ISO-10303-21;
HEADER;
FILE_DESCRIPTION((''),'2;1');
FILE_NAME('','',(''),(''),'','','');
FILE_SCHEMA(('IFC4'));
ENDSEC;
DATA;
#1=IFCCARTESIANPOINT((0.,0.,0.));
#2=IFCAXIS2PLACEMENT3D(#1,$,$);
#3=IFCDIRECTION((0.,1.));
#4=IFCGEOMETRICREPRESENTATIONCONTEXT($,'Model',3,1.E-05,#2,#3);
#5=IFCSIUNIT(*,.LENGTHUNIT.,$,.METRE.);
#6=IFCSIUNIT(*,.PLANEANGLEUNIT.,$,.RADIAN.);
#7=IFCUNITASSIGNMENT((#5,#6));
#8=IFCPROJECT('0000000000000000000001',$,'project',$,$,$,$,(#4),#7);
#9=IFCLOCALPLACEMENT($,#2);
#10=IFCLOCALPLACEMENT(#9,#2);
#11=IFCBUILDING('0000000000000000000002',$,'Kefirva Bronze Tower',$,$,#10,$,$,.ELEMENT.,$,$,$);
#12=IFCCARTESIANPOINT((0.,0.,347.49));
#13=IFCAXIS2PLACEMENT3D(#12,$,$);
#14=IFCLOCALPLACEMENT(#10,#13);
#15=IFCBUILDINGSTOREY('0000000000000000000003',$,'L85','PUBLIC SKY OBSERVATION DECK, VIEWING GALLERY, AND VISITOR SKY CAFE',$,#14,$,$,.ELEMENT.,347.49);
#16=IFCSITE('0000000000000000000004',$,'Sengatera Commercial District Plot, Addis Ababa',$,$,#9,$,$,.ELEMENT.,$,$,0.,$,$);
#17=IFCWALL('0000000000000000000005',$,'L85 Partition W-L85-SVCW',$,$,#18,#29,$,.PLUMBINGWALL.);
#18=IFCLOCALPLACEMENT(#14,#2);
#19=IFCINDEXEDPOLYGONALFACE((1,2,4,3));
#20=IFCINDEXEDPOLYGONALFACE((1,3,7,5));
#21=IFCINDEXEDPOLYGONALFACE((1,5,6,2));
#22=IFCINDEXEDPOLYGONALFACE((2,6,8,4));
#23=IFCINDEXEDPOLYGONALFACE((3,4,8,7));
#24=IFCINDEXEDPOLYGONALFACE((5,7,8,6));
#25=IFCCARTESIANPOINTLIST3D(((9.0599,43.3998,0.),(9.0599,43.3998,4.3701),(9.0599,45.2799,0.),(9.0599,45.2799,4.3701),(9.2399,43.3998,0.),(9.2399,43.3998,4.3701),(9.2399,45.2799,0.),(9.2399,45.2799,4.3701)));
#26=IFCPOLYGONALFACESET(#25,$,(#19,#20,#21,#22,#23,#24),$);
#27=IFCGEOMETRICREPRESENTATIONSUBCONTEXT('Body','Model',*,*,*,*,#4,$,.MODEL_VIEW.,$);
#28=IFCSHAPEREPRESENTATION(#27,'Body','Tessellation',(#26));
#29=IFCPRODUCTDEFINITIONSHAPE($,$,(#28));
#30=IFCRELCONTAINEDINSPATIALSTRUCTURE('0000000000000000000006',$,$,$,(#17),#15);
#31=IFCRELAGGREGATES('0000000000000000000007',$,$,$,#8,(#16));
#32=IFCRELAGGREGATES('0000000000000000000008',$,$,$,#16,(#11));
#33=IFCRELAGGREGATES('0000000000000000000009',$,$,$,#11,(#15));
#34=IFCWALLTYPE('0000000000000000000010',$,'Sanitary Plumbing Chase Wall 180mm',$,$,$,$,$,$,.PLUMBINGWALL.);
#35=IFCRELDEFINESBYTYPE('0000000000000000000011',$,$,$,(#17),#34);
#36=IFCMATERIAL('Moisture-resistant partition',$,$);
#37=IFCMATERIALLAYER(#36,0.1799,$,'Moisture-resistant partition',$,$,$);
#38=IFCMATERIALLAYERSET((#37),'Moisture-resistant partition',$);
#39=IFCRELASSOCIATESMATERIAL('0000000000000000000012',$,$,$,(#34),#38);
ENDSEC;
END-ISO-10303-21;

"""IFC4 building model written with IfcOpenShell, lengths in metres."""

from ifc_helpers import new_model, si_unit, direction, frame, frame_2d, origin, place, context, subcontext, project, spatial, rectangle, extrude, material, layer, layer_set, type_object, element, save


model = new_model("IFC4")

# Units and contexts
model_context = context("Model", 3, precision=1e-05, world=origin(), true_north=direction((0.0, 1.0)))
body_context = subcontext(model_context, "Body", "Model", "MODEL_VIEW")
ifc_project = project(units=[si_unit("LENGTHUNIT", "METRE"), si_unit("PLANEANGLEUNIT", "RADIAN")], contexts=[model_context])

# Site, building, storey
site_placement = place(None, origin())
site = spatial("IfcSite", under=ifc_project, at=site_placement, Name="Sengatera Commercial District Plot, Addis Ababa", CompositionType="ELEMENT", RefElevation=0.0)
building_placement = place(site_placement, origin())
building = spatial("IfcBuilding", under=site, at=building_placement, Name="Kefirva Bronze Tower", CompositionType="ELEMENT")
storey_placement = place(building_placement, frame((0.0, 0.0, 347.49)))
storey = spatial("IfcBuildingStorey", under=building, at=storey_placement, Name="L85", Description="PUBLIC SKY OBSERVATION DECK, VIEWING GALLERY, AND VISITOR SKY CAFE", CompositionType="ELEMENT", Elevation=347.49)

# Shared definitions
ifc_material_1 = material(Name="Moisture-resistant partition")
ifc_layer_1 = layer(ifc_material_1, 0.1799, Name="Moisture-resistant partition")
ifc_layer_set_1 = layer_set([ifc_layer_1], Name="Moisture-resistant partition")
wall_type_1 = type_object("IfcWallType", Name="Sanitary Plumbing Chase Wall 180mm", PredefinedType="PLUMBINGWALL", material=ifc_layer_set_1)

# Wall
wall_1_placement = place(storey_placement, frame((9.1499, 43.3999, 0.0), z_axis=(0.0, 0.0, 1.0), x_axis=(0.0, 1.0, 0.0)))
element("IfcWall", 1, at=wall_1_placement, inside=storey, type_object=wall_type_1, Name="L85 Partition W-L85-SVCW", PredefinedType="PLUMBINGWALL", context=body_context, shape_type="SweptSolid", body=[
    extrude(rectangle(XDim=1.8801, YDim=0.1799, at=frame_2d((0.9399, 0.0))), origin(), (0.0, 0.0, 1.0), 4.3701),
])

save(model, "model.ifc")
